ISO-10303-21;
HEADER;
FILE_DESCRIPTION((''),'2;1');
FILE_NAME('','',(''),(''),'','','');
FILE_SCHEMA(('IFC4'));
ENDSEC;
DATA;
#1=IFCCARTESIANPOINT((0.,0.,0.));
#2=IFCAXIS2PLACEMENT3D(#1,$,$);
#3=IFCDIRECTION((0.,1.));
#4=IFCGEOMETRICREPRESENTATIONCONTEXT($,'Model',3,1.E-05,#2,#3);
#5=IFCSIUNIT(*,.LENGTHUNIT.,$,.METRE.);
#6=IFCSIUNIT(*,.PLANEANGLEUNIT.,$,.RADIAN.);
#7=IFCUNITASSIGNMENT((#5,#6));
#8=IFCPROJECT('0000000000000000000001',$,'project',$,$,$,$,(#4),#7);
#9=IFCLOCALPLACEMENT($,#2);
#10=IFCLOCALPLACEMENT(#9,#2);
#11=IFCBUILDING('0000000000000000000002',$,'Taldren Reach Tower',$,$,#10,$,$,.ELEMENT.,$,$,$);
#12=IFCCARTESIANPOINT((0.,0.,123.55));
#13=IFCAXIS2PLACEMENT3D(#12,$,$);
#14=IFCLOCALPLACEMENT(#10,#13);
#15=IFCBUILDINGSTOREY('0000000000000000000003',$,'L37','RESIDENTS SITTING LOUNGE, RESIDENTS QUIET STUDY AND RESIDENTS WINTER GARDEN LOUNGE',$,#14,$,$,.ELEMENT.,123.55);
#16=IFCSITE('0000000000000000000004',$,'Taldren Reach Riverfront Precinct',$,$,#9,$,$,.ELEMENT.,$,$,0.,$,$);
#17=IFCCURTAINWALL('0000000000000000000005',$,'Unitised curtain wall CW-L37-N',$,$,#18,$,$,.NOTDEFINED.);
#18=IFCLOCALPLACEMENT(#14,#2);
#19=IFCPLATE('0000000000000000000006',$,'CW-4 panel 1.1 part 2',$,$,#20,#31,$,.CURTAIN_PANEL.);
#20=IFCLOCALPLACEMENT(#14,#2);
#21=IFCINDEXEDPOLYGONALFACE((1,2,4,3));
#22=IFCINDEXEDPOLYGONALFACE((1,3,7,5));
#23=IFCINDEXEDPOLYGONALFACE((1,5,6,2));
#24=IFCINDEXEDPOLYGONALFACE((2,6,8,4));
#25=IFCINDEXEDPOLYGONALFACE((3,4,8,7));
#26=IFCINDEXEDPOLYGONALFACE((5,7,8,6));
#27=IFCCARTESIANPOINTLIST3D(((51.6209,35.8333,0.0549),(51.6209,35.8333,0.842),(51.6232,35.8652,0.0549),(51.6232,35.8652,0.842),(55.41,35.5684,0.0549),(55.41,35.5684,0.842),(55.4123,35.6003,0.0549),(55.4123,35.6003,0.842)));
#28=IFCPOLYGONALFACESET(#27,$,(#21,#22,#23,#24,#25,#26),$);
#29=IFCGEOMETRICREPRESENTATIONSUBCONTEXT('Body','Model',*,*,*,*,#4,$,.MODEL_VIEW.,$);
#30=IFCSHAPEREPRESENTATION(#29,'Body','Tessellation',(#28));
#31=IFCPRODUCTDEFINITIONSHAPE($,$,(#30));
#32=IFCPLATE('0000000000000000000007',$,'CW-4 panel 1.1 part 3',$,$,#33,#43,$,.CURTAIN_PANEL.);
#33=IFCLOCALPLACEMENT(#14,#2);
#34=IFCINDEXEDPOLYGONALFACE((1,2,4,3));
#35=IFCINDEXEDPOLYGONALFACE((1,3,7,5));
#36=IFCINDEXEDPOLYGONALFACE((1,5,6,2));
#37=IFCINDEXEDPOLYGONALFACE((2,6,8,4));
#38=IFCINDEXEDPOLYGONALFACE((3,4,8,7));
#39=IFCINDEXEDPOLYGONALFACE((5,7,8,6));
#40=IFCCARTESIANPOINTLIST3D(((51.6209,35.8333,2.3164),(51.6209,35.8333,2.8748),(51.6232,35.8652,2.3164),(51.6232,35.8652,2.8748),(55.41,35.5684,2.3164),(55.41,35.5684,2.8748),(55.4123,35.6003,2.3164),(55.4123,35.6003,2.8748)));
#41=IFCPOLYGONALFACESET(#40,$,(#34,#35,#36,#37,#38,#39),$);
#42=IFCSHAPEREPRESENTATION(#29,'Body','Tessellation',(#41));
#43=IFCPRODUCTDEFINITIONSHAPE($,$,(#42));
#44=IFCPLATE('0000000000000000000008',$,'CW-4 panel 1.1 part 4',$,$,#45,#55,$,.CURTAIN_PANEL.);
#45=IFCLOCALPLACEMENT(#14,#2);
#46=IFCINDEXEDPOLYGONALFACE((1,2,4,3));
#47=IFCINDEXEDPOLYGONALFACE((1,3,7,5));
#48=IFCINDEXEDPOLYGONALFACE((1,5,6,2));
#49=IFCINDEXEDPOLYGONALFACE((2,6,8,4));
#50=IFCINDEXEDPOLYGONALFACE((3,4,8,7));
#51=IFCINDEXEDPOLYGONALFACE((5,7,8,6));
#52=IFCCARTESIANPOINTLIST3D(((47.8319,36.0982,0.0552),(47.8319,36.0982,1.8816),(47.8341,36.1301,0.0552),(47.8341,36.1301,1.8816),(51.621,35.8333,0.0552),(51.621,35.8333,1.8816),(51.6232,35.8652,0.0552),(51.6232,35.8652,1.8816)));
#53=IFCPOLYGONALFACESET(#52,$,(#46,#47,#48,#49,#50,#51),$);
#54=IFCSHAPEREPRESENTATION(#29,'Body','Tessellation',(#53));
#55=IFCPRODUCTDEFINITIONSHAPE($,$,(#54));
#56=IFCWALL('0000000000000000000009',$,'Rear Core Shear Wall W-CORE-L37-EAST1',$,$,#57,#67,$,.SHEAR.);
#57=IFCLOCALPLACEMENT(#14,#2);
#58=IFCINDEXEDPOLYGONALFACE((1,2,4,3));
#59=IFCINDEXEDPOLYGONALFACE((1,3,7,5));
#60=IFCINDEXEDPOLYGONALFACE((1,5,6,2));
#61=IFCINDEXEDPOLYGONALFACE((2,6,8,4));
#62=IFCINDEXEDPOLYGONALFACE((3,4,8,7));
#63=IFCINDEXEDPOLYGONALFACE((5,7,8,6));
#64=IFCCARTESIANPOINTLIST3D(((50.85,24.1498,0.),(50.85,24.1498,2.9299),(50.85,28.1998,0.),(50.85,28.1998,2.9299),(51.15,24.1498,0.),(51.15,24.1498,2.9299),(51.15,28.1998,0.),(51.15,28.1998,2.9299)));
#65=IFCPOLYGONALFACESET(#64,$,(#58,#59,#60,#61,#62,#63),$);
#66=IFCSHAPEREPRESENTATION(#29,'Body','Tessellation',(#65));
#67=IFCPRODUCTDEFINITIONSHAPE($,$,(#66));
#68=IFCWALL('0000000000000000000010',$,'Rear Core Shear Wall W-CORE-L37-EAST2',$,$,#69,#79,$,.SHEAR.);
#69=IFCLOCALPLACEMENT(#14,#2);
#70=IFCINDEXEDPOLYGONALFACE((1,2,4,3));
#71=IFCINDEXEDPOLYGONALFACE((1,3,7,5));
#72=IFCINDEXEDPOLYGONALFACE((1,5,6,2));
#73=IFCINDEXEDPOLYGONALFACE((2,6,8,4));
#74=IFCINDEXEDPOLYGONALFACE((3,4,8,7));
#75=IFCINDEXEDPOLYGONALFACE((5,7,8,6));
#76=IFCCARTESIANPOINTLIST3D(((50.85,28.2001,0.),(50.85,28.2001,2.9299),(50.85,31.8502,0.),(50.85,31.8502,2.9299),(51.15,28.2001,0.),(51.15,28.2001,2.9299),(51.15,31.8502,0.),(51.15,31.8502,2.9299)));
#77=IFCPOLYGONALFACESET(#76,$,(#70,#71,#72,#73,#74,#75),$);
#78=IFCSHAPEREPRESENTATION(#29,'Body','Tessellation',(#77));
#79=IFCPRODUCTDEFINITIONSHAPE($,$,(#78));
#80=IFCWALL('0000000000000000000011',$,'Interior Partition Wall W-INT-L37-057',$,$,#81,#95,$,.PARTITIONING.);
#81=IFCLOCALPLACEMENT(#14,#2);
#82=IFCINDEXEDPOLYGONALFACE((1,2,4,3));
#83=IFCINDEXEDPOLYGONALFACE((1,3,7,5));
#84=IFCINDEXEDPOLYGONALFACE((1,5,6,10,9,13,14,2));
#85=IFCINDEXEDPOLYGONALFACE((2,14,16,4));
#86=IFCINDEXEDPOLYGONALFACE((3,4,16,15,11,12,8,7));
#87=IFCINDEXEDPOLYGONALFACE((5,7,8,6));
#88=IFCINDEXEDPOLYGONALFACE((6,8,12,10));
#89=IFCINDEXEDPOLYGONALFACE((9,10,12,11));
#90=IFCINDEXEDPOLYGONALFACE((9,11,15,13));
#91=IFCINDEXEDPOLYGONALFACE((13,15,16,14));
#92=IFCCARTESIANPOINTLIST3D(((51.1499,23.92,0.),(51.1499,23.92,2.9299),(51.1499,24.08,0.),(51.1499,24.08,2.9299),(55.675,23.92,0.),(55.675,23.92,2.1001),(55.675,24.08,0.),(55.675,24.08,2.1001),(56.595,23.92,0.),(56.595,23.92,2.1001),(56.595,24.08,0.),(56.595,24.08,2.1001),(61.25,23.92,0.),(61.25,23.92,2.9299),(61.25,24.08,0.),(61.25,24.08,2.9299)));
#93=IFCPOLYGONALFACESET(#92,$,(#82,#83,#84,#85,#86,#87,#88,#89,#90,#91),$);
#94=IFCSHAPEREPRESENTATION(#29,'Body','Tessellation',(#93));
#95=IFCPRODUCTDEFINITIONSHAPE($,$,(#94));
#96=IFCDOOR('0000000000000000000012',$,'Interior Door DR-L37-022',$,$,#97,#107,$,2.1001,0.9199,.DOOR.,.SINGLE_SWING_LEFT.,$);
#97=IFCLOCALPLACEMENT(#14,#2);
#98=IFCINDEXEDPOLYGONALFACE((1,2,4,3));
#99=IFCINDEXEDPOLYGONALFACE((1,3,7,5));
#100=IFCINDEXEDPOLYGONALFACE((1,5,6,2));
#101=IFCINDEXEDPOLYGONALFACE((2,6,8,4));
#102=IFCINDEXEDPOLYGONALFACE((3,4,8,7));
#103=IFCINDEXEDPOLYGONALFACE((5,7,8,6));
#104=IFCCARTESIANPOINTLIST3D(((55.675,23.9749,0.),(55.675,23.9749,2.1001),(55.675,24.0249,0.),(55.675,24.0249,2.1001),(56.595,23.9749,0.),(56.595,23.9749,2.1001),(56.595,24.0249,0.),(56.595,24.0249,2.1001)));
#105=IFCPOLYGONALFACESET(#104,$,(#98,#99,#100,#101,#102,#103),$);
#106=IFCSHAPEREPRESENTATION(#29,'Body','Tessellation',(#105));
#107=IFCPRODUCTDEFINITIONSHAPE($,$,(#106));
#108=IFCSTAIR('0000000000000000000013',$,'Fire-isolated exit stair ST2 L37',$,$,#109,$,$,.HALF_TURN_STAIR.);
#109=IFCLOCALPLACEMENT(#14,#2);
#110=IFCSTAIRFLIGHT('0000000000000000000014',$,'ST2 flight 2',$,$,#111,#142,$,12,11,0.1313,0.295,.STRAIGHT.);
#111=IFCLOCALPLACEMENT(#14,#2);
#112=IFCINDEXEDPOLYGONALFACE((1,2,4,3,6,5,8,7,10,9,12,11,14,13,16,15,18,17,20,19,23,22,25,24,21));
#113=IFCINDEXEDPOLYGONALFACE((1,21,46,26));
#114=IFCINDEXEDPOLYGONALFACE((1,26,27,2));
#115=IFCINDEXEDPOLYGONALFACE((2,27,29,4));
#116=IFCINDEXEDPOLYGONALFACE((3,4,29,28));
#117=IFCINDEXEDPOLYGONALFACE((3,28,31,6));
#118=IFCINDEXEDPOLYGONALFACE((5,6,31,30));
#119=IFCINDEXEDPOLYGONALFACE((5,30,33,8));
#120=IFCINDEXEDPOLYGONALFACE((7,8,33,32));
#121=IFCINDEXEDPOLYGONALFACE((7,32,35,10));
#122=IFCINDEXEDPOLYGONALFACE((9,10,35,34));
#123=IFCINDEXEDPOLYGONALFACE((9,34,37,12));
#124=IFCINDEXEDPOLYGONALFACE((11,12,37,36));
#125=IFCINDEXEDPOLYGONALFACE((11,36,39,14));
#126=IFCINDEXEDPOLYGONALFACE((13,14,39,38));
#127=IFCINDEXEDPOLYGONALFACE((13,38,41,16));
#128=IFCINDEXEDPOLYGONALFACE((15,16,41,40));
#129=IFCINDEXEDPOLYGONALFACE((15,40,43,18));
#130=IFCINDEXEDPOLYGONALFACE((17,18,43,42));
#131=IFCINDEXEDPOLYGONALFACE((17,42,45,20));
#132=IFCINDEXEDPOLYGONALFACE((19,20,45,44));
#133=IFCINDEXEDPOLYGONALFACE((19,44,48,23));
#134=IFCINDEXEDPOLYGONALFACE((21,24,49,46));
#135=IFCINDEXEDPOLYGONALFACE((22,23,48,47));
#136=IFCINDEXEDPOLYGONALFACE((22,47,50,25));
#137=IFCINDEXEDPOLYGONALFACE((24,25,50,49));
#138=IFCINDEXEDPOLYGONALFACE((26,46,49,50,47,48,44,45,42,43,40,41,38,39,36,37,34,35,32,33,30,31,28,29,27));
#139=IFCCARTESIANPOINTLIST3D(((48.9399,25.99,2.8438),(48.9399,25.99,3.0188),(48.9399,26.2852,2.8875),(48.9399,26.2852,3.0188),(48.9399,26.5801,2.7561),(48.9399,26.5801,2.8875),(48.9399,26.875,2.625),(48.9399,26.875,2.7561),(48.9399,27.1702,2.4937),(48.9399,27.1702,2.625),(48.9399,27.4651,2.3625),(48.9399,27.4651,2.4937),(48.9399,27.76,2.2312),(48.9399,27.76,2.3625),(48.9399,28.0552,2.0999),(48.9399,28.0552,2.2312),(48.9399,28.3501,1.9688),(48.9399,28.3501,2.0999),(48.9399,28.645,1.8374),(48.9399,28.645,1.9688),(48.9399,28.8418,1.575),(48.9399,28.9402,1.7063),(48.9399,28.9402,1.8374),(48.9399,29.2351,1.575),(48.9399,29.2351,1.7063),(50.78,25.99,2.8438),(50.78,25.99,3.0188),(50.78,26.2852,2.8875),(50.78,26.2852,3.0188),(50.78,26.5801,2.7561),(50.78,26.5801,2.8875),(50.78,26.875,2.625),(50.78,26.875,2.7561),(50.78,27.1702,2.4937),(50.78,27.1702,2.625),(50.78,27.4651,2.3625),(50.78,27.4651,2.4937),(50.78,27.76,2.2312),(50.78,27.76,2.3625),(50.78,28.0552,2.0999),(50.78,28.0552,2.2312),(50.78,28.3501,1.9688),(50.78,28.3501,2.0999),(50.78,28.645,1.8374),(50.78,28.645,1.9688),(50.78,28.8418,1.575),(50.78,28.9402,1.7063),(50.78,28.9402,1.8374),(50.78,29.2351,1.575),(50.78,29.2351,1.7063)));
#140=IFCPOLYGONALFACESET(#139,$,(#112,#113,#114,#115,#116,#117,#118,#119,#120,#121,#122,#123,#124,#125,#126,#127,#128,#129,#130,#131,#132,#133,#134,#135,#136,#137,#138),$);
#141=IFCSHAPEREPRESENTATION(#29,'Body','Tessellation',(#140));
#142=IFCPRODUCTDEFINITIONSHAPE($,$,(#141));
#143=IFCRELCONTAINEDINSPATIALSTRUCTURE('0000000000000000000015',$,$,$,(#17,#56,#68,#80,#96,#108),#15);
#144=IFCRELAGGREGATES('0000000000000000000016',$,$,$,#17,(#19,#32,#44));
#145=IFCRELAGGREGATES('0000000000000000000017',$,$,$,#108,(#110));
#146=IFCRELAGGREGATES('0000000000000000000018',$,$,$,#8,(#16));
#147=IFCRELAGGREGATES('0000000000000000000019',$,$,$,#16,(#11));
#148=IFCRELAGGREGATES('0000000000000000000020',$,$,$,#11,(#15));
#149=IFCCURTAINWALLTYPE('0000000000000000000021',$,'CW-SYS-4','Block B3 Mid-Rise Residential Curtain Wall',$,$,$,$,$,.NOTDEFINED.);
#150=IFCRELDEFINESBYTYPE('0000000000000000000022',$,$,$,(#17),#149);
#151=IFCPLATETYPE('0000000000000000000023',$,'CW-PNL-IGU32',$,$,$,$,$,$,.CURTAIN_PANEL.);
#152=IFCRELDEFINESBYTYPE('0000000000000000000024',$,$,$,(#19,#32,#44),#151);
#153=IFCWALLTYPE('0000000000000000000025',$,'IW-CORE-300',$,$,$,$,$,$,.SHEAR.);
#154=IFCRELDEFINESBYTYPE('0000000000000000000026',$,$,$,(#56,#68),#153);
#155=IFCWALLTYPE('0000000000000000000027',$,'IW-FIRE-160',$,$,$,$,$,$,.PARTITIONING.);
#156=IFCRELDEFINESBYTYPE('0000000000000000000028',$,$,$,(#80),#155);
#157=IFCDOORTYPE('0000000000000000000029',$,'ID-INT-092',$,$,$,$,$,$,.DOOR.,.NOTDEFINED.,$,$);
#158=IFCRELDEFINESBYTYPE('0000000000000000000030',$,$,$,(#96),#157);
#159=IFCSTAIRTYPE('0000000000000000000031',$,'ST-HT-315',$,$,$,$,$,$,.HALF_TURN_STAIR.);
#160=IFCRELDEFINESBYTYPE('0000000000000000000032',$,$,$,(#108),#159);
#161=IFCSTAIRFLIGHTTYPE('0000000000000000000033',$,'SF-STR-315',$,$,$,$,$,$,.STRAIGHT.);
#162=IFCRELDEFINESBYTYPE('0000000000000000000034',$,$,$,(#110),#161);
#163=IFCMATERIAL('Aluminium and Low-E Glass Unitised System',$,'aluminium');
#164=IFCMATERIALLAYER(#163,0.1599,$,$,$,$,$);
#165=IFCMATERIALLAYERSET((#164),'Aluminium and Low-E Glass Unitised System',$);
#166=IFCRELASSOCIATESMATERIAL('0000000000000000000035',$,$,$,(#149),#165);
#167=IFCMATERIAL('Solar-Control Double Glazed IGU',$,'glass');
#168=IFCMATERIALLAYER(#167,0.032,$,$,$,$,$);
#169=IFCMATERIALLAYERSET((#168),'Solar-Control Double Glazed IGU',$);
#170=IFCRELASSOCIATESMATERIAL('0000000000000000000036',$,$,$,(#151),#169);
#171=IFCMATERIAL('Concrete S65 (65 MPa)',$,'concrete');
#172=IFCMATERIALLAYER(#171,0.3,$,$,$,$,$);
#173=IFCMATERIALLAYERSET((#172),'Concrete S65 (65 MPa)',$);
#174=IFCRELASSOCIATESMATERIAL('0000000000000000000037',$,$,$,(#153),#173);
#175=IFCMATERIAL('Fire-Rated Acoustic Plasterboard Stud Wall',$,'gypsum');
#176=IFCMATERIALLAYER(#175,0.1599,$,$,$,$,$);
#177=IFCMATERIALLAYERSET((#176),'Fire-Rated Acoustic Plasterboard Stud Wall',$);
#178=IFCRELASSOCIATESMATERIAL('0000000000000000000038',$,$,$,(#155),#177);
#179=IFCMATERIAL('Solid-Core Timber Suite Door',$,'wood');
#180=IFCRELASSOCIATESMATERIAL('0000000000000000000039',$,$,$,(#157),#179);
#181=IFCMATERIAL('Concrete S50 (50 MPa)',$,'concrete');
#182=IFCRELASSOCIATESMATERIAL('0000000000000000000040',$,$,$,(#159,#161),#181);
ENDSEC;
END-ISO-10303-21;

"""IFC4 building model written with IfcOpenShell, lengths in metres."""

from ifc_helpers import new_model, si_unit, direction, frame, frame_2d, origin, origin_2d, place, context, subcontext, project, spatial, polyline, rectangle, outline, extrude, source, transform, mapped, material, layer, layer_set, type_object, element, fill, aggregate, save


model = new_model("IFC4")

# Units and contexts
model_context = context("Model", 3, precision=1e-05, world=origin(), true_north=direction((0.0, 1.0)))
body_context = subcontext(model_context, "Body", "Model", "MODEL_VIEW")
ifc_project = project(units=[si_unit("LENGTHUNIT", "METRE"), si_unit("PLANEANGLEUNIT", "RADIAN")], contexts=[model_context])

# Site, building, storey
site_placement = place(None, origin())
site = spatial("IfcSite", under=ifc_project, at=site_placement, Name="Taldren Reach Riverfront Precinct", CompositionType="ELEMENT", RefElevation=0.0)
building_placement = place(site_placement, origin())
building = spatial("IfcBuilding", under=site, at=building_placement, Name="Taldren Reach Tower", CompositionType="ELEMENT")
storey_placement = place(building_placement, frame((0.0, 0.0, 123.55)))
storey = spatial("IfcBuildingStorey", under=building, at=storey_placement, Name="L37", Description="RESIDENTS SITTING LOUNGE, RESIDENTS QUIET STUDY AND RESIDENTS WINTER GARDEN LOUNGE", CompositionType="ELEMENT", Elevation=123.55)

# Curtain wall
ifc_material_1 = material(Name="Aluminium and Low-E Glass Unitised System", Category="aluminium")
ifc_layer_1 = layer(ifc_material_1, 0.1599)
ifc_layer_set_1 = layer_set([ifc_layer_1], Name="Aluminium and Low-E Glass Unitised System")
curtain_wall_type = type_object("IfcCurtainWallType", Name="CW-SYS-4", Description="Block B3 Mid-Rise Residential Curtain Wall", PredefinedType="NOTDEFINED", material=ifc_layer_set_1)
curtain_wall_placement = place(storey_placement, origin())
curtain_wall = element("IfcCurtainWall", 1, at=curtain_wall_placement, inside=storey, type_object=curtain_wall_type, Name="Unitised curtain wall CW-L37-N", PredefinedType="NOTDEFINED")

# Plates
ifc_material_2 = material(Name="Solar-Control Double Glazed IGU", Category="glass")
ifc_layer_2 = layer(ifc_material_2, 0.032)
ifc_layer_set_2 = layer_set([ifc_layer_2], Name="Solar-Control Double Glazed IGU")
plate_type_1 = type_object("IfcPlateType", Name="CW-PNL-IGU32", PredefinedType="CURTAIN_PANEL", material=ifc_layer_set_2)
shared_shape_1 = source(origin(), body_context, "Body", "SweptSolid", [
    extrude(rectangle(XDim=3.7983, YDim=0.032, at=origin_2d()), origin(), (0.0, 0.0, 1.0), 0.7871),
])
plate_1_placement = place(storey_placement, frame((53.5166, 35.7168, 0.0549), z_axis=(0.0, 0.0, 1.0), x_axis=(-0.997564, 0.069757, 0.0)))
plate_1 = element("IfcPlate", 2, at=plate_1_placement, type_object=plate_type_1, Name="CW-4 panel 1.1 part 2", PredefinedType="CURTAIN_PANEL", context=body_context, shape_type="MappedRepresentation", body=[
    mapped(shared_shape_1, transform((0.0, 0.0, 0.0), scale=1.0)),
])
shared_shape_2 = source(origin(), body_context, "Body", "SweptSolid", [
    extrude(rectangle(XDim=3.7983, YDim=0.032, at=origin_2d()), origin(), (0.0, 0.0, 1.0), 0.5583),
])
plate_2_placement = place(storey_placement, frame((53.5166, 35.7168, 2.3164), z_axis=(0.0, 0.0, 1.0), x_axis=(-0.997564, 0.069757, 0.0)))
plate_2 = element("IfcPlate", 3, at=plate_2_placement, type_object=plate_type_1, Name="CW-4 panel 1.1 part 3", PredefinedType="CURTAIN_PANEL", context=body_context, shape_type="MappedRepresentation", body=[
    mapped(shared_shape_2, transform((0.0, 0.0, 0.0), scale=1.0)),
])
shared_shape_3 = source(origin(), body_context, "Body", "SweptSolid", [
    extrude(rectangle(XDim=3.7983, YDim=0.032, at=origin_2d()), origin(), (0.0, 0.0, 1.0), 1.8264),
])
plate_3_placement = place(storey_placement, frame((49.7275, 35.9817, 0.0552), z_axis=(0.0, 0.0, 1.0), x_axis=(-0.997564, 0.069757, 0.0)))
plate_3 = element("IfcPlate", 4, at=plate_3_placement, type_object=plate_type_1, Name="CW-4 panel 1.1 part 4", PredefinedType="CURTAIN_PANEL", context=body_context, shape_type="MappedRepresentation", body=[
    mapped(shared_shape_3, transform((0.0, 0.0, 0.0), scale=1.0)),
])
aggregate(curtain_wall, [plate_1, plate_2, plate_3])

# Walls
ifc_material_3 = material(Name="Concrete S65 (65 MPa)", Category="concrete")
ifc_layer_3 = layer(ifc_material_3, 0.3)
ifc_layer_set_3 = layer_set([ifc_layer_3], Name="Concrete S65 (65 MPa)")
wall_type_1 = type_object("IfcWallType", Name="IW-CORE-300", PredefinedType="SHEAR", material=ifc_layer_set_3)
shared_shape_4 = source(origin(), body_context, "Body", "SweptSolid", [
    extrude(rectangle(XDim=4.05, YDim=0.3, at=frame_2d((2.0249, 0.0))), origin(), (0.0, 0.0, 1.0), 2.9299),
])
wall_1_placement = place(storey_placement, frame((51.0, 24.1499, 0.0), z_axis=(0.0, 0.0, 1.0), x_axis=(0.0, 1.0, 0.0)))
element("IfcWall", 5, at=wall_1_placement, inside=storey, type_object=wall_type_1, Name="Rear Core Shear Wall W-CORE-L37-EAST1", PredefinedType="SHEAR", context=body_context, shape_type="MappedRepresentation", body=[
    mapped(shared_shape_4, transform((0.0, 0.0, 0.0), scale=1.0)),
])
shared_shape_5 = source(origin(), body_context, "Body", "SweptSolid", [
    extrude(rectangle(XDim=3.6501, YDim=0.3, at=frame_2d((1.8252, 0.0))), origin(), (0.0, 0.0, 1.0), 2.9299),
])
wall_2_placement = place(storey_placement, frame((51.0, 28.2, 0.0), z_axis=(0.0, 0.0, 1.0), x_axis=(0.0, 1.0, 0.0)))
element("IfcWall", 6, at=wall_2_placement, inside=storey, type_object=wall_type_1, Name="Rear Core Shear Wall W-CORE-L37-EAST2", PredefinedType="SHEAR", context=body_context, shape_type="MappedRepresentation", body=[
    mapped(shared_shape_5, transform((0.0, 0.0, 0.0), scale=1.0)),
])

# Wall, opening, door
ifc_material_4 = material(Name="Fire-Rated Acoustic Plasterboard Stud Wall", Category="gypsum")
ifc_layer_4 = layer(ifc_material_4, 0.1599)
ifc_layer_set_4 = layer_set([ifc_layer_4], Name="Fire-Rated Acoustic Plasterboard Stud Wall")
wall_type_2 = type_object("IfcWallType", Name="IW-FIRE-160", PredefinedType="PARTITIONING", material=ifc_layer_set_4)
shared_shape_6 = source(origin(), body_context, "Body", "SweptSolid", [
    extrude(rectangle(XDim=10.1001, YDim=0.1599, at=frame_2d((5.05, 0.0))), origin(), (0.0, 0.0, 1.0), 2.9299),
])
wall_3_placement = place(storey_placement, frame((51.1499, 24.0, 0.0), z_axis=(0.0, 0.0, 1.0), x_axis=(1.0, 0.0, 0.0)))
wall_3 = element("IfcWall", 7, at=wall_3_placement, inside=storey, type_object=wall_type_2, Name="Interior Partition Wall W-INT-L37-057", PredefinedType="PARTITIONING", context=body_context, shape_type="MappedRepresentation", body=[
    mapped(shared_shape_6, transform((0.0, 0.0, 0.0), scale=1.0)),
])
shared_shape_7 = source(origin(), body_context, "Body", "SweptSolid", [
    extrude(rectangle(XDim=0.9199, YDim=2.1001, at=frame_2d((0.46, 1.05))), frame((0.0, 0.0898, 0.0), z_axis=(0.0, -1.0, 0.0), x_axis=(1.0, 0.0, 0.0)), (0.0, 0.0, 1.0), 0.1799),
])
opening_placement = place(wall_3_placement, frame((4.5251, 0.0, 0.0)))
opening = element("IfcOpeningElement", 8, at=opening_placement, cuts=wall_3, PredefinedType="OPENING", context=body_context, shape_type="MappedRepresentation", body=[
    mapped(shared_shape_7, transform((0.0, 0.0, 0.0), scale=1.0)),
])
ifc_material_5 = material(Name="Solid-Core Timber Suite Door", Category="wood")
door_type = type_object("IfcDoorType", Name="ID-INT-092", OperationType="NOTDEFINED", PredefinedType="DOOR", material=ifc_material_5)
shared_shape_8 = source(origin(), body_context, "Body", "SweptSolid", [
    extrude(rectangle(XDim=0.9199, YDim=2.1001, at=frame_2d((0.46, 1.05))), frame((0.0, 0.0249, 0.0), z_axis=(0.0, -1.0, 0.0), x_axis=(1.0, 0.0, 0.0)), (0.0, 0.0, 1.0), 0.05),
])
door_placement = place(opening_placement, origin())
door = element("IfcDoor", 9, at=door_placement, inside=storey, type_object=door_type, Name="Interior Door DR-L37-022", OperationType="SINGLE_SWING_LEFT", OverallHeight=2.1001, OverallWidth=0.9199, PredefinedType="DOOR", context=body_context, shape_type="MappedRepresentation", body=[
    mapped(shared_shape_8, transform((0.0, 0.0, 0.0), scale=1.0)),
])
fill(opening, door)

# Stair, stair flight
ifc_material_6 = material(Name="Concrete S50 (50 MPa)", Category="concrete")
stair_type = type_object("IfcStairType", Name="ST-HT-315", PredefinedType="HALF_TURN_STAIR", material=ifc_material_6)
stair_placement = place(storey_placement, origin())
stair = element("IfcStair", 10, at=stair_placement, inside=storey, type_object=stair_type, Name="Fire-isolated exit stair ST2 L37", PredefinedType="HALF_TURN_STAIR")
stair_flight_type = type_object("IfcStairFlightType", Name="SF-STR-315", PredefinedType="STRAIGHT", material=ifc_material_6)
stair_flight_placement = place(storey_placement, frame((49.8601, 29.2351, 1.575), z_axis=(0.0, 0.0, 1.0), x_axis=(0.0, -1.0, 0.0)))
stair_flight = element("IfcStairFlight", 11, at=stair_flight_placement, type_object=stair_flight_type, Name="ST2 flight 2", NumberOfRisers=12, NumberOfTreads=11, PredefinedType="STRAIGHT", RiserHeight=0.1313, TreadLength=0.295, context=body_context, shape_type="SweptSolid", body=[
    extrude(outline(polyline([(0.0, 0.0), (0.0, 0.1313), (0.2949, 0.1313), (0.2949, 0.2625), (0.5901, 0.2625), (0.5901, 0.3938), (0.885, 0.3938), (0.885, 0.5249), (1.1799, 0.5249), (1.1799, 0.6562), (1.4751, 0.6562), (1.4751, 0.7876), (1.77, 0.7876), (1.77, 0.9187), (2.0649, 0.9187), (2.0649, 1.05), (2.3601, 1.05), (2.3601, 1.1812), (2.655, 1.1812), (2.655, 1.3125), (2.95, 1.3125), (2.95, 1.4438), (3.2451, 1.4438), (3.2451, 1.575), (3.2451, 1.2688), (0.3933, 0.0), (0.0, 0.0)])), frame((0.0, 0.9199, 0.0), z_axis=(0.0, -1.0, 0.0), x_axis=(1.0, 0.0, 0.0)), (0.0, 0.0, 1.0), 1.8401),
])
aggregate(stair, [stair_flight])

save(model, "model.ifc")
